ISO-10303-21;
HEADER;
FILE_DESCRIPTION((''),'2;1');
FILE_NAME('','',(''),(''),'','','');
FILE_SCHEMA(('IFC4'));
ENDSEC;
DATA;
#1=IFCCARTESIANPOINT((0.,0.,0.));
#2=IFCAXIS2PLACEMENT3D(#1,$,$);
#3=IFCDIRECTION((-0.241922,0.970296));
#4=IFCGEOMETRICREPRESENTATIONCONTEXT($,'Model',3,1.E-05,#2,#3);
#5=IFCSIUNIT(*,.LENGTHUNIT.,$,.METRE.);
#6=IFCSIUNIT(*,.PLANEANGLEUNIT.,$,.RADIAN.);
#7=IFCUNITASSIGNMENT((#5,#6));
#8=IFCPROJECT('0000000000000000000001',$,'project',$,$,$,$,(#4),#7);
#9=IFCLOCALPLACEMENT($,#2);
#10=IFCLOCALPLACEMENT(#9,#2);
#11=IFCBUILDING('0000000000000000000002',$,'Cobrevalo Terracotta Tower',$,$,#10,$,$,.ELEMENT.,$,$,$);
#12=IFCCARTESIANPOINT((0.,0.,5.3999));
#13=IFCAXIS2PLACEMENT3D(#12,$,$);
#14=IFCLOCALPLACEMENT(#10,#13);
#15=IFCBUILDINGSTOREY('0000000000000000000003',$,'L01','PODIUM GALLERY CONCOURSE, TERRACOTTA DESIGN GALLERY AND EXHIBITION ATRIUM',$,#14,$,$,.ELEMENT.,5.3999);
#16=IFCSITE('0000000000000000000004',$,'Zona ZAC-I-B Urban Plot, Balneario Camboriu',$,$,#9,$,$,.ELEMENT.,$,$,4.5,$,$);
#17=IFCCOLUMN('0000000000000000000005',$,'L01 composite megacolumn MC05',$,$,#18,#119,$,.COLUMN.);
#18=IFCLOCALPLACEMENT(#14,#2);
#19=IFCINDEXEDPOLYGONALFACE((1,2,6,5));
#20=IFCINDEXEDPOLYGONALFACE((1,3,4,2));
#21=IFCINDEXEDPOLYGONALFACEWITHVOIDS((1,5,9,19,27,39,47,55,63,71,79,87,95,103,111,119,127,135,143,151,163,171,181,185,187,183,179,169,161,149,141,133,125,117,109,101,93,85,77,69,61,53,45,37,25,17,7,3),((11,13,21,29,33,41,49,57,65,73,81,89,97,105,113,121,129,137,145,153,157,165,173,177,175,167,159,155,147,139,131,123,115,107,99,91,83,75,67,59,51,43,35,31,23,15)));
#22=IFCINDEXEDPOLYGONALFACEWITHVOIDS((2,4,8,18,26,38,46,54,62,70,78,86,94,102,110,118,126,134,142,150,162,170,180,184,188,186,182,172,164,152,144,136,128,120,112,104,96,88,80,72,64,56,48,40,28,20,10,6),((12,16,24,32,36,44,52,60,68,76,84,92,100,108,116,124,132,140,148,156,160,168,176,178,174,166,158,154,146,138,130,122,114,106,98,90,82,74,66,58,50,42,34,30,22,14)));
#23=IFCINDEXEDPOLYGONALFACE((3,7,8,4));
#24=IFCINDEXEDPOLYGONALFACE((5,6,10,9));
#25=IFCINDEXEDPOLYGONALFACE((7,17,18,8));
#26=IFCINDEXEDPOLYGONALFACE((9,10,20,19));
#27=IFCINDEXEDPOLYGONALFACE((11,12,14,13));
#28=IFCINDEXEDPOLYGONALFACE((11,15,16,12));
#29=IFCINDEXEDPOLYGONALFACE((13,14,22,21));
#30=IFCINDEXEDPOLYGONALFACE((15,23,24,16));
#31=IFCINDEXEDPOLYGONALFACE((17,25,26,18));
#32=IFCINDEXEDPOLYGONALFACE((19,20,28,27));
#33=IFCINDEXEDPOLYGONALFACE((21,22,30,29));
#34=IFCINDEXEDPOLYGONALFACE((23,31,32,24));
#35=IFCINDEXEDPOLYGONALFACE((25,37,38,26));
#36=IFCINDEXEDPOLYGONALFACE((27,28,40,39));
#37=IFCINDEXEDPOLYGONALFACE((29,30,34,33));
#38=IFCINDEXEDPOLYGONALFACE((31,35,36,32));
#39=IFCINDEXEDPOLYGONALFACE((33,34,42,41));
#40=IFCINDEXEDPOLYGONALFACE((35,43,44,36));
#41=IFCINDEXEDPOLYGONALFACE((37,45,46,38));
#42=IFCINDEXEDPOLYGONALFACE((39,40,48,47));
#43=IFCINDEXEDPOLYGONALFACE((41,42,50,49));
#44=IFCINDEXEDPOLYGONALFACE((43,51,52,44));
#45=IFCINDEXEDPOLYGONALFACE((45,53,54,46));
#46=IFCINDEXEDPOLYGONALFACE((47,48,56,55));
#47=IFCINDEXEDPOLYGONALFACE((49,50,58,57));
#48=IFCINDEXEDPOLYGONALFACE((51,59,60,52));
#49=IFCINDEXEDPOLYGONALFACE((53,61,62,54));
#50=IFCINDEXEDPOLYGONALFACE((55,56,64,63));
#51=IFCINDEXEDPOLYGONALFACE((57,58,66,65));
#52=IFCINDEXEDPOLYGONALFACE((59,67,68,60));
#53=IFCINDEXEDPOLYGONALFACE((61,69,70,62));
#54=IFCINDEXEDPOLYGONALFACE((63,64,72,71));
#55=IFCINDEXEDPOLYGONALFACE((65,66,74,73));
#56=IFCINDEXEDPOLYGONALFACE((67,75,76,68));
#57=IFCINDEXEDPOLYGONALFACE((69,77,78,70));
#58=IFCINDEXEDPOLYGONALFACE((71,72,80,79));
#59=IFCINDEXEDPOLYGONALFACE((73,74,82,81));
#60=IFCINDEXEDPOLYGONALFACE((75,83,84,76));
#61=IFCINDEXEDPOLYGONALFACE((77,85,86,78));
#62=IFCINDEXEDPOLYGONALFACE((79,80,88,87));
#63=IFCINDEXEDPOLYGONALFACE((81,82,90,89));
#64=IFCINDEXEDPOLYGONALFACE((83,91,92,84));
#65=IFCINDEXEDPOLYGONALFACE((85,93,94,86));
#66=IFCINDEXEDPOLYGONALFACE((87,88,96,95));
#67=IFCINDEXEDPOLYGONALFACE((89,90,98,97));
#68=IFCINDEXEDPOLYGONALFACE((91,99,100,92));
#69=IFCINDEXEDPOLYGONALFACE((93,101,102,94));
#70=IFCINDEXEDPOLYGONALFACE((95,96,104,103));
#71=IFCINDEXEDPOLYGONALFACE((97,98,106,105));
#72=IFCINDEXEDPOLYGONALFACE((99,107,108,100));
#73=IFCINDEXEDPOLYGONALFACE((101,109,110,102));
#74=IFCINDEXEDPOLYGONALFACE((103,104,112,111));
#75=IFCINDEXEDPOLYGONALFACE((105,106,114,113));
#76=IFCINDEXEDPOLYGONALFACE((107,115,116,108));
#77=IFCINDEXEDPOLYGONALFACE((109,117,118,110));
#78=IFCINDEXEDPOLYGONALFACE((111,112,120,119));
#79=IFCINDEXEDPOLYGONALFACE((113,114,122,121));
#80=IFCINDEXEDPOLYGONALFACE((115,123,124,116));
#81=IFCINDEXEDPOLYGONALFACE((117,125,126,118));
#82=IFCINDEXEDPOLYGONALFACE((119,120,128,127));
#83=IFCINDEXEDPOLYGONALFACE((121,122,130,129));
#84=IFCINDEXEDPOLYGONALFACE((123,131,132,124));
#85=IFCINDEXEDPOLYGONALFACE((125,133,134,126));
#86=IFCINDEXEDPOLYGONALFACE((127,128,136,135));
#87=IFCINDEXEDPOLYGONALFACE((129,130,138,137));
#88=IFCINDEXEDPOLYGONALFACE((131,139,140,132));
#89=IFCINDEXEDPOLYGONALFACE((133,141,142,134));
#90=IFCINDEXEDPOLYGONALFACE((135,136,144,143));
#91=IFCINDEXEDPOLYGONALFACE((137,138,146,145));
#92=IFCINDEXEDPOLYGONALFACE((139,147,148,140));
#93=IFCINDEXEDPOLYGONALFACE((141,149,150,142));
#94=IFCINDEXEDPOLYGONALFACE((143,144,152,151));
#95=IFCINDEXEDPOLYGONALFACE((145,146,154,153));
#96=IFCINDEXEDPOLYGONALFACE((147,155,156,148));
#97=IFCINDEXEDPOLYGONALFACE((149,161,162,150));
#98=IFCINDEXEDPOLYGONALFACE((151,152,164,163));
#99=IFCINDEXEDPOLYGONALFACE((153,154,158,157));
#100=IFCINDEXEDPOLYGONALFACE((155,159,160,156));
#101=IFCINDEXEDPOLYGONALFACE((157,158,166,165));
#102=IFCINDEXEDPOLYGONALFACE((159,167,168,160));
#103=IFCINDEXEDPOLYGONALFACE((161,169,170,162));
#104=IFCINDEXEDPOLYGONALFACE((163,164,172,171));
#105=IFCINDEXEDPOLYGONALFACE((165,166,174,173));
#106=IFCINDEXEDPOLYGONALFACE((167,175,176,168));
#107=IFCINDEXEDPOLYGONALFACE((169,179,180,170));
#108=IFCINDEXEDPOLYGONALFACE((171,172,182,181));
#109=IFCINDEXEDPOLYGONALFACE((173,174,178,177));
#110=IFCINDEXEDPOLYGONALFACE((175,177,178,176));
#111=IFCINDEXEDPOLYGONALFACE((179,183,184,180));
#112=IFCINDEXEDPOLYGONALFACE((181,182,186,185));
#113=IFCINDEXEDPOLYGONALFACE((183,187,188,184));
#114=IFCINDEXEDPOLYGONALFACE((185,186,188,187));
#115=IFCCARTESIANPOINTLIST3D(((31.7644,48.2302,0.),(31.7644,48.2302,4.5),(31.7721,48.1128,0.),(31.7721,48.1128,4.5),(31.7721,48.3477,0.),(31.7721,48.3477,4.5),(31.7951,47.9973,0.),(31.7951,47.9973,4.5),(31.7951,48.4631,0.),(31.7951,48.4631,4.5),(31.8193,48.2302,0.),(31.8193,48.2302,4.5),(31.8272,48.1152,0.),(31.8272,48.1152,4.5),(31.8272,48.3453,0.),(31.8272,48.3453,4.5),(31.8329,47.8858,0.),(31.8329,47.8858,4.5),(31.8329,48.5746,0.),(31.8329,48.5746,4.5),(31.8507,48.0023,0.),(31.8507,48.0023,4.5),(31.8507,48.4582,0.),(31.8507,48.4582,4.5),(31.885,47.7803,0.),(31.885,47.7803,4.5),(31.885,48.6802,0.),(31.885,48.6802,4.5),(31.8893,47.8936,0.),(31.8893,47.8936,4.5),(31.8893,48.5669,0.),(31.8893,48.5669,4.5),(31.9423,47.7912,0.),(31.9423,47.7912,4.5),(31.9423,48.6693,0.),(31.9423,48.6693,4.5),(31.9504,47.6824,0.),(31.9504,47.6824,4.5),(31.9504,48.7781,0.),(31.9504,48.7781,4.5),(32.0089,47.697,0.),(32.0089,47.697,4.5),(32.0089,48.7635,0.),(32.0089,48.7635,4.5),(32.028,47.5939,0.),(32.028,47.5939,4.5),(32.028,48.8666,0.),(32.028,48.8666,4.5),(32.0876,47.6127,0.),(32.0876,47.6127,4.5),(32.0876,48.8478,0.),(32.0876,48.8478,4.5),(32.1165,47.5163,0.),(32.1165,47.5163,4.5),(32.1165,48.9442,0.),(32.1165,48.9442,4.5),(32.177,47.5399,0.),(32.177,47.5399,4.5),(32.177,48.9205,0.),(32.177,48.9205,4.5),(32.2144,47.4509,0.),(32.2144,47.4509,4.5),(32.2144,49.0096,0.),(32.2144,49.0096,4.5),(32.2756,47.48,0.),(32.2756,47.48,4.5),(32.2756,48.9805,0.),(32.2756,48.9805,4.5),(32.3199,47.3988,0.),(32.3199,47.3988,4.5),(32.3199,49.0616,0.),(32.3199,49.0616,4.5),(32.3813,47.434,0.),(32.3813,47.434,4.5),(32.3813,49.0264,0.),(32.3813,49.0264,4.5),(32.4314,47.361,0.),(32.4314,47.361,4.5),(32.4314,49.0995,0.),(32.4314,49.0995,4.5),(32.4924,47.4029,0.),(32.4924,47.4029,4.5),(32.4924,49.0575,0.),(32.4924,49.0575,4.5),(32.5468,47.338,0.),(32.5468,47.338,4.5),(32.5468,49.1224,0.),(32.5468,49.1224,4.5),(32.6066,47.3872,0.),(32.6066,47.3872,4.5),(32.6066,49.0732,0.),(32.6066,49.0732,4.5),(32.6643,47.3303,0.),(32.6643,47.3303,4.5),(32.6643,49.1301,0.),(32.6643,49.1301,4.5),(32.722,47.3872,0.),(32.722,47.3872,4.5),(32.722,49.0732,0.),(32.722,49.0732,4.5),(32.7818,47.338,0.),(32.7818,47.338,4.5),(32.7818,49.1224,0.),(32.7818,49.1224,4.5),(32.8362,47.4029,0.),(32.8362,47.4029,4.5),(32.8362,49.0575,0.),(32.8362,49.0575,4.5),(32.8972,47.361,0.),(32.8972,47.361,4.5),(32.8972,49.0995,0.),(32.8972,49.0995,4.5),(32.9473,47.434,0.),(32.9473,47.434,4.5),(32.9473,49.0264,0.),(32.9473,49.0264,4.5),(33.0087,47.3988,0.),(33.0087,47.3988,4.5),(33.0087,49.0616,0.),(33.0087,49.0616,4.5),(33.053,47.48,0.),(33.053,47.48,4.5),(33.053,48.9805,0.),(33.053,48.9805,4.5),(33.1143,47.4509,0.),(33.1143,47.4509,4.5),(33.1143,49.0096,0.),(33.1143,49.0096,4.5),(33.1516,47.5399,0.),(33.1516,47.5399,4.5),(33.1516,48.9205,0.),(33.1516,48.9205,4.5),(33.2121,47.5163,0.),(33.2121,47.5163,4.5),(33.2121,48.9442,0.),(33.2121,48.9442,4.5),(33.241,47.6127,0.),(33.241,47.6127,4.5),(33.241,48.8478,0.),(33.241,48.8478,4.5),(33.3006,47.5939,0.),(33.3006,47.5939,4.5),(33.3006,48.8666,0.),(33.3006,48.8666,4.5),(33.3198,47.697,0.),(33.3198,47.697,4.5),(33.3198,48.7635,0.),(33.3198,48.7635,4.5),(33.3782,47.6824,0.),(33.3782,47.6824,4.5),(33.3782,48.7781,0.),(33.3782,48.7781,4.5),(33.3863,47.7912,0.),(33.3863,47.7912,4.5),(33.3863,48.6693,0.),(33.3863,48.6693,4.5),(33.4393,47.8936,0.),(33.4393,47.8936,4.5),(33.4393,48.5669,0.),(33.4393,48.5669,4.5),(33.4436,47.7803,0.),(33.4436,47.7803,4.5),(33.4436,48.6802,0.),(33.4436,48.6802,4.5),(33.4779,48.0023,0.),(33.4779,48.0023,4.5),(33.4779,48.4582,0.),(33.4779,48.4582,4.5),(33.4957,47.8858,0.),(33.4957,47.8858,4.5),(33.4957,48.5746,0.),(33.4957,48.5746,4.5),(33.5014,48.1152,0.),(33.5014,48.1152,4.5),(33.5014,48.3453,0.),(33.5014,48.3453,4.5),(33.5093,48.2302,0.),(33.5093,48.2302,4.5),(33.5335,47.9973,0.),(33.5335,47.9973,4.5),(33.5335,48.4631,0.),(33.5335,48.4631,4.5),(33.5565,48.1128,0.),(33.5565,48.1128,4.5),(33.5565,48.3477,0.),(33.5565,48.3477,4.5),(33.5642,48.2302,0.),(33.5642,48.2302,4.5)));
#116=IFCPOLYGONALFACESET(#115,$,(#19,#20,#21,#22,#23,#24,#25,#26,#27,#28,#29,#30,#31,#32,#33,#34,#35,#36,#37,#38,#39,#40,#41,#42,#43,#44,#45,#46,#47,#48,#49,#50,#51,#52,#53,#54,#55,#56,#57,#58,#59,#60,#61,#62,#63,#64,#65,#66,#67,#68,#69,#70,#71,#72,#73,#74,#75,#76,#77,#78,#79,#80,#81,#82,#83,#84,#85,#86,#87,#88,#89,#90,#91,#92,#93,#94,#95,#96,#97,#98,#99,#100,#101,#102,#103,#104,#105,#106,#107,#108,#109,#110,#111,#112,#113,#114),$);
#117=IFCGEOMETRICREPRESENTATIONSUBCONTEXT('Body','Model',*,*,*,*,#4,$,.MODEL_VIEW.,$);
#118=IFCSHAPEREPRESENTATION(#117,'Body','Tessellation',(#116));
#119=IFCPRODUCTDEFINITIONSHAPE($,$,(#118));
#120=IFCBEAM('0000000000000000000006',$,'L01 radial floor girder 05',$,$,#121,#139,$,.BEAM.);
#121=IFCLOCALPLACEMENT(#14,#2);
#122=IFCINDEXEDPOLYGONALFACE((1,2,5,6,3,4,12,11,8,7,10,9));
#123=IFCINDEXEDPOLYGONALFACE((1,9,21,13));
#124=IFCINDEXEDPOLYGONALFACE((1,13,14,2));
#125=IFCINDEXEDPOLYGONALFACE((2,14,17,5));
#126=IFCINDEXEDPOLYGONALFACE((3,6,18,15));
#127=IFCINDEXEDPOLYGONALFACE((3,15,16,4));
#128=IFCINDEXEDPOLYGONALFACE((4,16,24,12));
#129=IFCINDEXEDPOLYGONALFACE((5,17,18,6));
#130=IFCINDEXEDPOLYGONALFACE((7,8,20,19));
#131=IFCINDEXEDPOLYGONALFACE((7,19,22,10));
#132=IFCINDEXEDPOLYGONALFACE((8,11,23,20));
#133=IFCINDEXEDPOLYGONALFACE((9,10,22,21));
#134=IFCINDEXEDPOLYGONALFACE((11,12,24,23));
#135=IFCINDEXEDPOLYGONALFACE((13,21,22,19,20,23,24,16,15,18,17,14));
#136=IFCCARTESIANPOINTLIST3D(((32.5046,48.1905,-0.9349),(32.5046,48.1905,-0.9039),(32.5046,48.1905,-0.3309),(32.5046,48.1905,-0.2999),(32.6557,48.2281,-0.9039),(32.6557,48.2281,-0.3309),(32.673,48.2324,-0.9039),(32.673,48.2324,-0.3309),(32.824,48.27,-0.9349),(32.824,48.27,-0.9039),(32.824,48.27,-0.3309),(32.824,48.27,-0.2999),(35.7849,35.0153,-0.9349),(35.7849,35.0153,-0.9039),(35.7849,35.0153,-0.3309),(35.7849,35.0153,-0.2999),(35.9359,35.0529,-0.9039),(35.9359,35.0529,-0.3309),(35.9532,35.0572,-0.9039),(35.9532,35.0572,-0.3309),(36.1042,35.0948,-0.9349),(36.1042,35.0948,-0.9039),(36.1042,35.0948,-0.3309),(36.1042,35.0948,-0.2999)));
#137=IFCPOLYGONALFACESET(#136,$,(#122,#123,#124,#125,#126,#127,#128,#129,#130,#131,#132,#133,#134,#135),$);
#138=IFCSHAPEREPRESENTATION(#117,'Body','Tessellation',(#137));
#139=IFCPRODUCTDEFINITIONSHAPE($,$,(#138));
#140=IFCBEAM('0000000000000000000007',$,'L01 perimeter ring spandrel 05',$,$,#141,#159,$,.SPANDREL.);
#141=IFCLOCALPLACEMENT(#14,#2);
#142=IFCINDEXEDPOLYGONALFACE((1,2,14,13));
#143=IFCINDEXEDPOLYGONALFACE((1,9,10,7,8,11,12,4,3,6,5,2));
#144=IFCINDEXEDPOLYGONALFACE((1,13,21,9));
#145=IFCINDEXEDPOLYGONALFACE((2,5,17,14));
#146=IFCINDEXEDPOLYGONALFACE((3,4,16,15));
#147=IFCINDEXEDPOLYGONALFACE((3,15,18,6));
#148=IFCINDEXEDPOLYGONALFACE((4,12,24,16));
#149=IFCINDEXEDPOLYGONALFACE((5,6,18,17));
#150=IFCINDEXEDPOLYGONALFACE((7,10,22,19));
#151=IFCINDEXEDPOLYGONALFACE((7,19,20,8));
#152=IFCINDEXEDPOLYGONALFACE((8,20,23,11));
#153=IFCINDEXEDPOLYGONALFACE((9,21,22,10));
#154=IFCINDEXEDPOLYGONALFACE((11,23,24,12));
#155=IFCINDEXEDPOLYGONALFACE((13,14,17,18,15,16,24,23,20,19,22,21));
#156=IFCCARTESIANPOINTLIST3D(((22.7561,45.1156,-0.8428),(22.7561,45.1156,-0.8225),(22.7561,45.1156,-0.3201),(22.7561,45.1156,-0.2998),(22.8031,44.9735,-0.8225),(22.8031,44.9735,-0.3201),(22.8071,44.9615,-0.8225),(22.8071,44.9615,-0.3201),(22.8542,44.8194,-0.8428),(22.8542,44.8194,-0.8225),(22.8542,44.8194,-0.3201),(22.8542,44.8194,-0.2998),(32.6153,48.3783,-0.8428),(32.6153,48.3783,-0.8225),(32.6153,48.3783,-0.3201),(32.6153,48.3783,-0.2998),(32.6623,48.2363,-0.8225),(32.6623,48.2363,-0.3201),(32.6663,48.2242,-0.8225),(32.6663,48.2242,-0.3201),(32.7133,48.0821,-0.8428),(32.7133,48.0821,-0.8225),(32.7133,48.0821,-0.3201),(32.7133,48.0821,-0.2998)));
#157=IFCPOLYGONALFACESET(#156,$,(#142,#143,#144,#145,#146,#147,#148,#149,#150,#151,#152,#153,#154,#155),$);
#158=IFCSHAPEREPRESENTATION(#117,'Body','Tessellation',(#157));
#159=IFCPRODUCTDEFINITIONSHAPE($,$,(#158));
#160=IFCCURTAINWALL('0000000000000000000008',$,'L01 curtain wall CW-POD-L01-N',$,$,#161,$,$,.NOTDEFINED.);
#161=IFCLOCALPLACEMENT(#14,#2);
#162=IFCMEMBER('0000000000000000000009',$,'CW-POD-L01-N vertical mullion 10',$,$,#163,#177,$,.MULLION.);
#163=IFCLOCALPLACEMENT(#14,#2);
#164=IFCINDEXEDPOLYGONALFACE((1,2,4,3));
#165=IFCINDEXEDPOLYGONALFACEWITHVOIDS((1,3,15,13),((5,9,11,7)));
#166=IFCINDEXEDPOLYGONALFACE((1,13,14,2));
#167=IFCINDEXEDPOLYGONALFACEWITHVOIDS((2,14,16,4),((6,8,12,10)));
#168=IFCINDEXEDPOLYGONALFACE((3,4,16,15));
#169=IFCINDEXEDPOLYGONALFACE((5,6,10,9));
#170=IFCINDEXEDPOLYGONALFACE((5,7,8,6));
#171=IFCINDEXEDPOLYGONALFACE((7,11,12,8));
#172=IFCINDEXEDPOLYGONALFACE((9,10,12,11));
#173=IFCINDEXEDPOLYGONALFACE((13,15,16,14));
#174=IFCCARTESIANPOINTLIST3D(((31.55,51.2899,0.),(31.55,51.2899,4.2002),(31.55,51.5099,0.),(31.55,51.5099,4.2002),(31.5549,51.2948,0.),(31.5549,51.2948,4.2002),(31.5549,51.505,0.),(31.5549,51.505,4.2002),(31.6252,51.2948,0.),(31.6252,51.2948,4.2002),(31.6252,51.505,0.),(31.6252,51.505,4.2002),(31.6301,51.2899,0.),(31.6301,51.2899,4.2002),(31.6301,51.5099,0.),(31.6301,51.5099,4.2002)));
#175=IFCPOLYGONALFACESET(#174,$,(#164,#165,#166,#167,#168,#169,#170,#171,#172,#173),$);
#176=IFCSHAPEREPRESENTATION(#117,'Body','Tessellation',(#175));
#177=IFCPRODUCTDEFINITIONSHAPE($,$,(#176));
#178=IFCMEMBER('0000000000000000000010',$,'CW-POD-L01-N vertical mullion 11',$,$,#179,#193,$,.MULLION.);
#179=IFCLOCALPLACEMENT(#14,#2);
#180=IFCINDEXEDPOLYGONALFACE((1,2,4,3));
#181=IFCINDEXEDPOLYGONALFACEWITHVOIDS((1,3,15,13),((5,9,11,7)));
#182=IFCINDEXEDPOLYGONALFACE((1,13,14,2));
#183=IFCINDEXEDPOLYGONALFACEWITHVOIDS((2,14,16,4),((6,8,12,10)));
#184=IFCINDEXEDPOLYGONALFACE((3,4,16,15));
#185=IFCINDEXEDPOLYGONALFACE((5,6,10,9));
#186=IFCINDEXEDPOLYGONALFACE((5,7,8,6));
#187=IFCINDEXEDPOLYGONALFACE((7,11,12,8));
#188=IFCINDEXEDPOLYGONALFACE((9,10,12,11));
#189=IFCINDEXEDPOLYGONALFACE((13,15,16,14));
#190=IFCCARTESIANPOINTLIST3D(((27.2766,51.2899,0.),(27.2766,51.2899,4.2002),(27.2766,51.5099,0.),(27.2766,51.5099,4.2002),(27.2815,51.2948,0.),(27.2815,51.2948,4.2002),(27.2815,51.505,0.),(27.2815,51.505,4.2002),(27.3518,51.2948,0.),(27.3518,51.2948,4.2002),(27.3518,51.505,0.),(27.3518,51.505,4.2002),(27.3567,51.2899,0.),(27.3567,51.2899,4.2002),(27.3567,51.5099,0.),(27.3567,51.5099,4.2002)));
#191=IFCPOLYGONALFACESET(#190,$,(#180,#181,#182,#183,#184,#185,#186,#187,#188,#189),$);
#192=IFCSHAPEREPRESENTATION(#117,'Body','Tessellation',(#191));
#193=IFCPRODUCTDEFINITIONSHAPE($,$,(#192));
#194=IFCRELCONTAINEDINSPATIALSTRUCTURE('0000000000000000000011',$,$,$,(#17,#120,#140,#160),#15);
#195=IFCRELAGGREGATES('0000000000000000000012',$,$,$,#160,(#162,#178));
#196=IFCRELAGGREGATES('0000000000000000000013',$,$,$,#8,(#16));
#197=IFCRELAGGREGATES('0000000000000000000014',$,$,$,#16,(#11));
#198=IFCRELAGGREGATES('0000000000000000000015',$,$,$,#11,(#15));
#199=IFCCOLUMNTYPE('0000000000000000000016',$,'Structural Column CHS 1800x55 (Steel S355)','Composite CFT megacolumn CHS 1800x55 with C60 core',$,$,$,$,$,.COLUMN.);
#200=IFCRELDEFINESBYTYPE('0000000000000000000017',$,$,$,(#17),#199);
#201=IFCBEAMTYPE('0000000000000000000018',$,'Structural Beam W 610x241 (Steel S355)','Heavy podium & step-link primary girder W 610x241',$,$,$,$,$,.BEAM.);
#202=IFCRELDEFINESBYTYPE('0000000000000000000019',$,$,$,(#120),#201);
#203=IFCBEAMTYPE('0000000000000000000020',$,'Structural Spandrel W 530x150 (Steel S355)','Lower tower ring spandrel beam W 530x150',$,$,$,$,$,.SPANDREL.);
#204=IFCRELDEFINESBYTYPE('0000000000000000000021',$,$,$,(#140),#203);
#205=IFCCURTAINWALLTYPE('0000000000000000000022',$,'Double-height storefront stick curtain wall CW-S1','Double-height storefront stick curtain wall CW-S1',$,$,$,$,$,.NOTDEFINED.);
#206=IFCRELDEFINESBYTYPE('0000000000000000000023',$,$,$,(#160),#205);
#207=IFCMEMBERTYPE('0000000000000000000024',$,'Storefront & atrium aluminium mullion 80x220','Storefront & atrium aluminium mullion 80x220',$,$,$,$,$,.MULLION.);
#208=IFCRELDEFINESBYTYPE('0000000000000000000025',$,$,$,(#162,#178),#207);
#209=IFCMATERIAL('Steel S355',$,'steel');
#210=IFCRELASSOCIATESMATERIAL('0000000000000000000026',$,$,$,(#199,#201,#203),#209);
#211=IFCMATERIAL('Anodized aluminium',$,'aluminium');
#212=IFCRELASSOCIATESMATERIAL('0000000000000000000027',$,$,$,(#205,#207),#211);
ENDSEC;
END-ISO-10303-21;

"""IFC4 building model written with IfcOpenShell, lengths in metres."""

from ifc_helpers import new_model, si_unit, direction, frame, origin, origin_2d, place, context, subcontext, project, spatial, hollow_rectangle, hollow_circle, i_section, extrude, source, transform, mapped, material, material_profile, profile_set, type_object, element, aggregate, save


model = new_model("IFC4")

# Units and contexts
model_context = context("Model", 3, precision=1e-05, world=origin(), true_north=direction((-0.241922, 0.970296)))
body_context = subcontext(model_context, "Body", "Model", "MODEL_VIEW")
ifc_project = project(units=[si_unit("LENGTHUNIT", "METRE"), si_unit("PLANEANGLEUNIT", "RADIAN")], contexts=[model_context])

# Site, building, storey
site_placement = place(None, origin())
site = spatial("IfcSite", under=ifc_project, at=site_placement, Name="Zona ZAC-I-B Urban Plot, Balneario Camboriu", CompositionType="ELEMENT", RefElevation=4.5)
building_placement = place(site_placement, origin())
building = spatial("IfcBuilding", under=site, at=building_placement, Name="Cobrevalo Terracotta Tower", CompositionType="ELEMENT")
storey_placement = place(building_placement, frame((0.0, 0.0, 5.3999)))
storey = spatial("IfcBuildingStorey", under=building, at=storey_placement, Name="L01", Description="PODIUM GALLERY CONCOURSE, TERRACOTTA DESIGN GALLERY AND EXHIBITION ATRIUM", CompositionType="ELEMENT", Elevation=5.3999)

# Column
ifc_material_1 = material(Name="Steel S355", Category="steel")
ifc_material_profile_1 = material_profile(ifc_material_1, hollow_circle(Radius=0.8999, WallThickness=0.0549, at=origin_2d()), Name="CHS 1800x55")
ifc_profile_set_1 = profile_set([ifc_material_profile_1], Name="Steel S355")
column_type = type_object("IfcColumnType", Name="Structural Column CHS 1800x55 (Steel S355)", Description="Composite CFT megacolumn CHS 1800x55 with C60 core", PredefinedType="COLUMN", material=ifc_profile_set_1)
column_placement = place(storey_placement, frame((32.6643, 48.2302, 0.0), z_axis=(0.0, 0.0, 1.0), x_axis=(1.0, 0.0, 0.0)))
element("IfcColumn", 1, at=column_placement, inside=storey, type_object=column_type, Name="L01 composite megacolumn MC05", PredefinedType="COLUMN", context=body_context, shape_type="SweptSolid", body=[
    extrude(hollow_circle(Radius=0.8999, WallThickness=0.0549, at=origin_2d()), origin(), (0.0, 0.0, 1.0), 4.5),
])

# Beams
ifc_material_profile_2 = material_profile(ifc_material_1, i_section(OverallWidth=0.3291, OverallDepth=0.635, WebThickness=0.0178, FlangeThickness=0.031, at=origin_2d()), Name="W 610x241")
ifc_profile_set_2 = profile_set([ifc_material_profile_2], Name="Steel S355")
beam_type_1 = type_object("IfcBeamType", Name="Structural Beam W 610x241 (Steel S355)", Description="Heavy podium & step-link primary girder W 610x241", PredefinedType="BEAM", material=ifc_profile_set_2)
beam_1_placement = place(storey_placement, frame((32.6643, 48.2302, -0.6174), z_axis=(0.241596, -0.970377, 0.0), x_axis=(0.970377, 0.241596, 0.0)))
element("IfcBeam", 2, at=beam_1_placement, inside=storey, type_object=beam_type_1, Name="L01 radial floor girder 05", PredefinedType="BEAM", context=body_context, shape_type="SweptSolid", body=[
    extrude(i_section(OverallWidth=0.3291, OverallDepth=0.635, WebThickness=0.0178, FlangeThickness=0.031, at=origin_2d()), origin(), (0.0, 0.0, 1.0), 13.5774),
])
ifc_material_profile_3 = material_profile(ifc_material_1, i_section(OverallWidth=0.312, OverallDepth=0.543, WebThickness=0.0127, FlangeThickness=0.0203, at=origin_2d()), Name="W 530x150")
ifc_profile_set_3 = profile_set([ifc_material_profile_3], Name="Steel S355")
beam_type_2 = type_object("IfcBeamType", Name="Structural Spandrel W 530x150 (Steel S355)", Description="Lower tower ring spandrel beam W 530x150", PredefinedType="SPANDREL", material=ifc_profile_set_3)
beam_2_placement = place(storey_placement, frame((32.6643, 48.2302, -0.5713), z_axis=(-0.949365, -0.314175, 0.0), x_axis=(0.314175, -0.949365, 0.0)))
element("IfcBeam", 3, at=beam_2_placement, inside=storey, type_object=beam_type_2, Name="L01 perimeter ring spandrel 05", PredefinedType="SPANDREL", context=body_context, shape_type="SweptSolid", body=[
    extrude(i_section(OverallWidth=0.312, OverallDepth=0.543, WebThickness=0.0127, FlangeThickness=0.0203, at=origin_2d()), origin(), (0.0, 0.0, 1.0), 10.385),
])

# Curtain wall, members
ifc_material_2 = material(Name="Anodized aluminium", Category="aluminium")
curtain_wall_type = type_object("IfcCurtainWallType", Name="Double-height storefront stick curtain wall CW-S1", Description="Double-height storefront stick curtain wall CW-S1", PredefinedType="NOTDEFINED", material=ifc_material_2)
curtain_wall_placement = place(storey_placement, origin())
curtain_wall = element("IfcCurtainWall", 4, at=curtain_wall_placement, inside=storey, type_object=curtain_wall_type, Name="L01 curtain wall CW-POD-L01-N", PredefinedType="NOTDEFINED")
ifc_material_profile_4 = material_profile(ifc_material_2, hollow_rectangle(XDim=0.0801, YDim=0.22, WallThickness=0.0049, at=origin_2d()), Name="CWM 80x220")
ifc_profile_set_4 = profile_set([ifc_material_profile_4], Name="Anodized aluminium")
member_type_1 = type_object("IfcMemberType", Name="Storefront & atrium aluminium mullion 80x220", Description="Storefront & atrium aluminium mullion 80x220", PredefinedType="MULLION", material=ifc_profile_set_4)
shared_shape_1 = source(origin(), body_context, "Body", "SweptSolid", [
    extrude(hollow_rectangle(XDim=0.0801, YDim=0.22, WallThickness=0.0049, at=origin_2d()), origin(), (0.0, 0.0, 1.0), 4.2002),
])
member_1_placement = place(storey_placement, frame((31.5901, 51.3999, 0.0), z_axis=(0.0, 0.0, 1.0), x_axis=(-1.0, 0.0, 0.0)))
member_1 = element("IfcMember", 5, at=member_1_placement, type_object=member_type_1, Name="CW-POD-L01-N vertical mullion 10", PredefinedType="MULLION", context=body_context, shape_type="MappedRepresentation", body=[
    mapped(shared_shape_1, transform((0.0, 0.0, 0.0), scale=1.0)),
])
member_2_placement = place(storey_placement, frame((27.3167, 51.3999, 0.0), z_axis=(0.0, 0.0, 1.0), x_axis=(-1.0, 0.0, 0.0)))
member_2 = element("IfcMember", 6, at=member_2_placement, type_object=member_type_1, Name="CW-POD-L01-N vertical mullion 11", PredefinedType="MULLION", context=body_context, shape_type="MappedRepresentation", body=[
    mapped(shared_shape_1, transform((0.0, 0.0, 0.0), scale=1.0)),
])
aggregate(curtain_wall, [member_1, member_2])

save(model, "model.ifc")
